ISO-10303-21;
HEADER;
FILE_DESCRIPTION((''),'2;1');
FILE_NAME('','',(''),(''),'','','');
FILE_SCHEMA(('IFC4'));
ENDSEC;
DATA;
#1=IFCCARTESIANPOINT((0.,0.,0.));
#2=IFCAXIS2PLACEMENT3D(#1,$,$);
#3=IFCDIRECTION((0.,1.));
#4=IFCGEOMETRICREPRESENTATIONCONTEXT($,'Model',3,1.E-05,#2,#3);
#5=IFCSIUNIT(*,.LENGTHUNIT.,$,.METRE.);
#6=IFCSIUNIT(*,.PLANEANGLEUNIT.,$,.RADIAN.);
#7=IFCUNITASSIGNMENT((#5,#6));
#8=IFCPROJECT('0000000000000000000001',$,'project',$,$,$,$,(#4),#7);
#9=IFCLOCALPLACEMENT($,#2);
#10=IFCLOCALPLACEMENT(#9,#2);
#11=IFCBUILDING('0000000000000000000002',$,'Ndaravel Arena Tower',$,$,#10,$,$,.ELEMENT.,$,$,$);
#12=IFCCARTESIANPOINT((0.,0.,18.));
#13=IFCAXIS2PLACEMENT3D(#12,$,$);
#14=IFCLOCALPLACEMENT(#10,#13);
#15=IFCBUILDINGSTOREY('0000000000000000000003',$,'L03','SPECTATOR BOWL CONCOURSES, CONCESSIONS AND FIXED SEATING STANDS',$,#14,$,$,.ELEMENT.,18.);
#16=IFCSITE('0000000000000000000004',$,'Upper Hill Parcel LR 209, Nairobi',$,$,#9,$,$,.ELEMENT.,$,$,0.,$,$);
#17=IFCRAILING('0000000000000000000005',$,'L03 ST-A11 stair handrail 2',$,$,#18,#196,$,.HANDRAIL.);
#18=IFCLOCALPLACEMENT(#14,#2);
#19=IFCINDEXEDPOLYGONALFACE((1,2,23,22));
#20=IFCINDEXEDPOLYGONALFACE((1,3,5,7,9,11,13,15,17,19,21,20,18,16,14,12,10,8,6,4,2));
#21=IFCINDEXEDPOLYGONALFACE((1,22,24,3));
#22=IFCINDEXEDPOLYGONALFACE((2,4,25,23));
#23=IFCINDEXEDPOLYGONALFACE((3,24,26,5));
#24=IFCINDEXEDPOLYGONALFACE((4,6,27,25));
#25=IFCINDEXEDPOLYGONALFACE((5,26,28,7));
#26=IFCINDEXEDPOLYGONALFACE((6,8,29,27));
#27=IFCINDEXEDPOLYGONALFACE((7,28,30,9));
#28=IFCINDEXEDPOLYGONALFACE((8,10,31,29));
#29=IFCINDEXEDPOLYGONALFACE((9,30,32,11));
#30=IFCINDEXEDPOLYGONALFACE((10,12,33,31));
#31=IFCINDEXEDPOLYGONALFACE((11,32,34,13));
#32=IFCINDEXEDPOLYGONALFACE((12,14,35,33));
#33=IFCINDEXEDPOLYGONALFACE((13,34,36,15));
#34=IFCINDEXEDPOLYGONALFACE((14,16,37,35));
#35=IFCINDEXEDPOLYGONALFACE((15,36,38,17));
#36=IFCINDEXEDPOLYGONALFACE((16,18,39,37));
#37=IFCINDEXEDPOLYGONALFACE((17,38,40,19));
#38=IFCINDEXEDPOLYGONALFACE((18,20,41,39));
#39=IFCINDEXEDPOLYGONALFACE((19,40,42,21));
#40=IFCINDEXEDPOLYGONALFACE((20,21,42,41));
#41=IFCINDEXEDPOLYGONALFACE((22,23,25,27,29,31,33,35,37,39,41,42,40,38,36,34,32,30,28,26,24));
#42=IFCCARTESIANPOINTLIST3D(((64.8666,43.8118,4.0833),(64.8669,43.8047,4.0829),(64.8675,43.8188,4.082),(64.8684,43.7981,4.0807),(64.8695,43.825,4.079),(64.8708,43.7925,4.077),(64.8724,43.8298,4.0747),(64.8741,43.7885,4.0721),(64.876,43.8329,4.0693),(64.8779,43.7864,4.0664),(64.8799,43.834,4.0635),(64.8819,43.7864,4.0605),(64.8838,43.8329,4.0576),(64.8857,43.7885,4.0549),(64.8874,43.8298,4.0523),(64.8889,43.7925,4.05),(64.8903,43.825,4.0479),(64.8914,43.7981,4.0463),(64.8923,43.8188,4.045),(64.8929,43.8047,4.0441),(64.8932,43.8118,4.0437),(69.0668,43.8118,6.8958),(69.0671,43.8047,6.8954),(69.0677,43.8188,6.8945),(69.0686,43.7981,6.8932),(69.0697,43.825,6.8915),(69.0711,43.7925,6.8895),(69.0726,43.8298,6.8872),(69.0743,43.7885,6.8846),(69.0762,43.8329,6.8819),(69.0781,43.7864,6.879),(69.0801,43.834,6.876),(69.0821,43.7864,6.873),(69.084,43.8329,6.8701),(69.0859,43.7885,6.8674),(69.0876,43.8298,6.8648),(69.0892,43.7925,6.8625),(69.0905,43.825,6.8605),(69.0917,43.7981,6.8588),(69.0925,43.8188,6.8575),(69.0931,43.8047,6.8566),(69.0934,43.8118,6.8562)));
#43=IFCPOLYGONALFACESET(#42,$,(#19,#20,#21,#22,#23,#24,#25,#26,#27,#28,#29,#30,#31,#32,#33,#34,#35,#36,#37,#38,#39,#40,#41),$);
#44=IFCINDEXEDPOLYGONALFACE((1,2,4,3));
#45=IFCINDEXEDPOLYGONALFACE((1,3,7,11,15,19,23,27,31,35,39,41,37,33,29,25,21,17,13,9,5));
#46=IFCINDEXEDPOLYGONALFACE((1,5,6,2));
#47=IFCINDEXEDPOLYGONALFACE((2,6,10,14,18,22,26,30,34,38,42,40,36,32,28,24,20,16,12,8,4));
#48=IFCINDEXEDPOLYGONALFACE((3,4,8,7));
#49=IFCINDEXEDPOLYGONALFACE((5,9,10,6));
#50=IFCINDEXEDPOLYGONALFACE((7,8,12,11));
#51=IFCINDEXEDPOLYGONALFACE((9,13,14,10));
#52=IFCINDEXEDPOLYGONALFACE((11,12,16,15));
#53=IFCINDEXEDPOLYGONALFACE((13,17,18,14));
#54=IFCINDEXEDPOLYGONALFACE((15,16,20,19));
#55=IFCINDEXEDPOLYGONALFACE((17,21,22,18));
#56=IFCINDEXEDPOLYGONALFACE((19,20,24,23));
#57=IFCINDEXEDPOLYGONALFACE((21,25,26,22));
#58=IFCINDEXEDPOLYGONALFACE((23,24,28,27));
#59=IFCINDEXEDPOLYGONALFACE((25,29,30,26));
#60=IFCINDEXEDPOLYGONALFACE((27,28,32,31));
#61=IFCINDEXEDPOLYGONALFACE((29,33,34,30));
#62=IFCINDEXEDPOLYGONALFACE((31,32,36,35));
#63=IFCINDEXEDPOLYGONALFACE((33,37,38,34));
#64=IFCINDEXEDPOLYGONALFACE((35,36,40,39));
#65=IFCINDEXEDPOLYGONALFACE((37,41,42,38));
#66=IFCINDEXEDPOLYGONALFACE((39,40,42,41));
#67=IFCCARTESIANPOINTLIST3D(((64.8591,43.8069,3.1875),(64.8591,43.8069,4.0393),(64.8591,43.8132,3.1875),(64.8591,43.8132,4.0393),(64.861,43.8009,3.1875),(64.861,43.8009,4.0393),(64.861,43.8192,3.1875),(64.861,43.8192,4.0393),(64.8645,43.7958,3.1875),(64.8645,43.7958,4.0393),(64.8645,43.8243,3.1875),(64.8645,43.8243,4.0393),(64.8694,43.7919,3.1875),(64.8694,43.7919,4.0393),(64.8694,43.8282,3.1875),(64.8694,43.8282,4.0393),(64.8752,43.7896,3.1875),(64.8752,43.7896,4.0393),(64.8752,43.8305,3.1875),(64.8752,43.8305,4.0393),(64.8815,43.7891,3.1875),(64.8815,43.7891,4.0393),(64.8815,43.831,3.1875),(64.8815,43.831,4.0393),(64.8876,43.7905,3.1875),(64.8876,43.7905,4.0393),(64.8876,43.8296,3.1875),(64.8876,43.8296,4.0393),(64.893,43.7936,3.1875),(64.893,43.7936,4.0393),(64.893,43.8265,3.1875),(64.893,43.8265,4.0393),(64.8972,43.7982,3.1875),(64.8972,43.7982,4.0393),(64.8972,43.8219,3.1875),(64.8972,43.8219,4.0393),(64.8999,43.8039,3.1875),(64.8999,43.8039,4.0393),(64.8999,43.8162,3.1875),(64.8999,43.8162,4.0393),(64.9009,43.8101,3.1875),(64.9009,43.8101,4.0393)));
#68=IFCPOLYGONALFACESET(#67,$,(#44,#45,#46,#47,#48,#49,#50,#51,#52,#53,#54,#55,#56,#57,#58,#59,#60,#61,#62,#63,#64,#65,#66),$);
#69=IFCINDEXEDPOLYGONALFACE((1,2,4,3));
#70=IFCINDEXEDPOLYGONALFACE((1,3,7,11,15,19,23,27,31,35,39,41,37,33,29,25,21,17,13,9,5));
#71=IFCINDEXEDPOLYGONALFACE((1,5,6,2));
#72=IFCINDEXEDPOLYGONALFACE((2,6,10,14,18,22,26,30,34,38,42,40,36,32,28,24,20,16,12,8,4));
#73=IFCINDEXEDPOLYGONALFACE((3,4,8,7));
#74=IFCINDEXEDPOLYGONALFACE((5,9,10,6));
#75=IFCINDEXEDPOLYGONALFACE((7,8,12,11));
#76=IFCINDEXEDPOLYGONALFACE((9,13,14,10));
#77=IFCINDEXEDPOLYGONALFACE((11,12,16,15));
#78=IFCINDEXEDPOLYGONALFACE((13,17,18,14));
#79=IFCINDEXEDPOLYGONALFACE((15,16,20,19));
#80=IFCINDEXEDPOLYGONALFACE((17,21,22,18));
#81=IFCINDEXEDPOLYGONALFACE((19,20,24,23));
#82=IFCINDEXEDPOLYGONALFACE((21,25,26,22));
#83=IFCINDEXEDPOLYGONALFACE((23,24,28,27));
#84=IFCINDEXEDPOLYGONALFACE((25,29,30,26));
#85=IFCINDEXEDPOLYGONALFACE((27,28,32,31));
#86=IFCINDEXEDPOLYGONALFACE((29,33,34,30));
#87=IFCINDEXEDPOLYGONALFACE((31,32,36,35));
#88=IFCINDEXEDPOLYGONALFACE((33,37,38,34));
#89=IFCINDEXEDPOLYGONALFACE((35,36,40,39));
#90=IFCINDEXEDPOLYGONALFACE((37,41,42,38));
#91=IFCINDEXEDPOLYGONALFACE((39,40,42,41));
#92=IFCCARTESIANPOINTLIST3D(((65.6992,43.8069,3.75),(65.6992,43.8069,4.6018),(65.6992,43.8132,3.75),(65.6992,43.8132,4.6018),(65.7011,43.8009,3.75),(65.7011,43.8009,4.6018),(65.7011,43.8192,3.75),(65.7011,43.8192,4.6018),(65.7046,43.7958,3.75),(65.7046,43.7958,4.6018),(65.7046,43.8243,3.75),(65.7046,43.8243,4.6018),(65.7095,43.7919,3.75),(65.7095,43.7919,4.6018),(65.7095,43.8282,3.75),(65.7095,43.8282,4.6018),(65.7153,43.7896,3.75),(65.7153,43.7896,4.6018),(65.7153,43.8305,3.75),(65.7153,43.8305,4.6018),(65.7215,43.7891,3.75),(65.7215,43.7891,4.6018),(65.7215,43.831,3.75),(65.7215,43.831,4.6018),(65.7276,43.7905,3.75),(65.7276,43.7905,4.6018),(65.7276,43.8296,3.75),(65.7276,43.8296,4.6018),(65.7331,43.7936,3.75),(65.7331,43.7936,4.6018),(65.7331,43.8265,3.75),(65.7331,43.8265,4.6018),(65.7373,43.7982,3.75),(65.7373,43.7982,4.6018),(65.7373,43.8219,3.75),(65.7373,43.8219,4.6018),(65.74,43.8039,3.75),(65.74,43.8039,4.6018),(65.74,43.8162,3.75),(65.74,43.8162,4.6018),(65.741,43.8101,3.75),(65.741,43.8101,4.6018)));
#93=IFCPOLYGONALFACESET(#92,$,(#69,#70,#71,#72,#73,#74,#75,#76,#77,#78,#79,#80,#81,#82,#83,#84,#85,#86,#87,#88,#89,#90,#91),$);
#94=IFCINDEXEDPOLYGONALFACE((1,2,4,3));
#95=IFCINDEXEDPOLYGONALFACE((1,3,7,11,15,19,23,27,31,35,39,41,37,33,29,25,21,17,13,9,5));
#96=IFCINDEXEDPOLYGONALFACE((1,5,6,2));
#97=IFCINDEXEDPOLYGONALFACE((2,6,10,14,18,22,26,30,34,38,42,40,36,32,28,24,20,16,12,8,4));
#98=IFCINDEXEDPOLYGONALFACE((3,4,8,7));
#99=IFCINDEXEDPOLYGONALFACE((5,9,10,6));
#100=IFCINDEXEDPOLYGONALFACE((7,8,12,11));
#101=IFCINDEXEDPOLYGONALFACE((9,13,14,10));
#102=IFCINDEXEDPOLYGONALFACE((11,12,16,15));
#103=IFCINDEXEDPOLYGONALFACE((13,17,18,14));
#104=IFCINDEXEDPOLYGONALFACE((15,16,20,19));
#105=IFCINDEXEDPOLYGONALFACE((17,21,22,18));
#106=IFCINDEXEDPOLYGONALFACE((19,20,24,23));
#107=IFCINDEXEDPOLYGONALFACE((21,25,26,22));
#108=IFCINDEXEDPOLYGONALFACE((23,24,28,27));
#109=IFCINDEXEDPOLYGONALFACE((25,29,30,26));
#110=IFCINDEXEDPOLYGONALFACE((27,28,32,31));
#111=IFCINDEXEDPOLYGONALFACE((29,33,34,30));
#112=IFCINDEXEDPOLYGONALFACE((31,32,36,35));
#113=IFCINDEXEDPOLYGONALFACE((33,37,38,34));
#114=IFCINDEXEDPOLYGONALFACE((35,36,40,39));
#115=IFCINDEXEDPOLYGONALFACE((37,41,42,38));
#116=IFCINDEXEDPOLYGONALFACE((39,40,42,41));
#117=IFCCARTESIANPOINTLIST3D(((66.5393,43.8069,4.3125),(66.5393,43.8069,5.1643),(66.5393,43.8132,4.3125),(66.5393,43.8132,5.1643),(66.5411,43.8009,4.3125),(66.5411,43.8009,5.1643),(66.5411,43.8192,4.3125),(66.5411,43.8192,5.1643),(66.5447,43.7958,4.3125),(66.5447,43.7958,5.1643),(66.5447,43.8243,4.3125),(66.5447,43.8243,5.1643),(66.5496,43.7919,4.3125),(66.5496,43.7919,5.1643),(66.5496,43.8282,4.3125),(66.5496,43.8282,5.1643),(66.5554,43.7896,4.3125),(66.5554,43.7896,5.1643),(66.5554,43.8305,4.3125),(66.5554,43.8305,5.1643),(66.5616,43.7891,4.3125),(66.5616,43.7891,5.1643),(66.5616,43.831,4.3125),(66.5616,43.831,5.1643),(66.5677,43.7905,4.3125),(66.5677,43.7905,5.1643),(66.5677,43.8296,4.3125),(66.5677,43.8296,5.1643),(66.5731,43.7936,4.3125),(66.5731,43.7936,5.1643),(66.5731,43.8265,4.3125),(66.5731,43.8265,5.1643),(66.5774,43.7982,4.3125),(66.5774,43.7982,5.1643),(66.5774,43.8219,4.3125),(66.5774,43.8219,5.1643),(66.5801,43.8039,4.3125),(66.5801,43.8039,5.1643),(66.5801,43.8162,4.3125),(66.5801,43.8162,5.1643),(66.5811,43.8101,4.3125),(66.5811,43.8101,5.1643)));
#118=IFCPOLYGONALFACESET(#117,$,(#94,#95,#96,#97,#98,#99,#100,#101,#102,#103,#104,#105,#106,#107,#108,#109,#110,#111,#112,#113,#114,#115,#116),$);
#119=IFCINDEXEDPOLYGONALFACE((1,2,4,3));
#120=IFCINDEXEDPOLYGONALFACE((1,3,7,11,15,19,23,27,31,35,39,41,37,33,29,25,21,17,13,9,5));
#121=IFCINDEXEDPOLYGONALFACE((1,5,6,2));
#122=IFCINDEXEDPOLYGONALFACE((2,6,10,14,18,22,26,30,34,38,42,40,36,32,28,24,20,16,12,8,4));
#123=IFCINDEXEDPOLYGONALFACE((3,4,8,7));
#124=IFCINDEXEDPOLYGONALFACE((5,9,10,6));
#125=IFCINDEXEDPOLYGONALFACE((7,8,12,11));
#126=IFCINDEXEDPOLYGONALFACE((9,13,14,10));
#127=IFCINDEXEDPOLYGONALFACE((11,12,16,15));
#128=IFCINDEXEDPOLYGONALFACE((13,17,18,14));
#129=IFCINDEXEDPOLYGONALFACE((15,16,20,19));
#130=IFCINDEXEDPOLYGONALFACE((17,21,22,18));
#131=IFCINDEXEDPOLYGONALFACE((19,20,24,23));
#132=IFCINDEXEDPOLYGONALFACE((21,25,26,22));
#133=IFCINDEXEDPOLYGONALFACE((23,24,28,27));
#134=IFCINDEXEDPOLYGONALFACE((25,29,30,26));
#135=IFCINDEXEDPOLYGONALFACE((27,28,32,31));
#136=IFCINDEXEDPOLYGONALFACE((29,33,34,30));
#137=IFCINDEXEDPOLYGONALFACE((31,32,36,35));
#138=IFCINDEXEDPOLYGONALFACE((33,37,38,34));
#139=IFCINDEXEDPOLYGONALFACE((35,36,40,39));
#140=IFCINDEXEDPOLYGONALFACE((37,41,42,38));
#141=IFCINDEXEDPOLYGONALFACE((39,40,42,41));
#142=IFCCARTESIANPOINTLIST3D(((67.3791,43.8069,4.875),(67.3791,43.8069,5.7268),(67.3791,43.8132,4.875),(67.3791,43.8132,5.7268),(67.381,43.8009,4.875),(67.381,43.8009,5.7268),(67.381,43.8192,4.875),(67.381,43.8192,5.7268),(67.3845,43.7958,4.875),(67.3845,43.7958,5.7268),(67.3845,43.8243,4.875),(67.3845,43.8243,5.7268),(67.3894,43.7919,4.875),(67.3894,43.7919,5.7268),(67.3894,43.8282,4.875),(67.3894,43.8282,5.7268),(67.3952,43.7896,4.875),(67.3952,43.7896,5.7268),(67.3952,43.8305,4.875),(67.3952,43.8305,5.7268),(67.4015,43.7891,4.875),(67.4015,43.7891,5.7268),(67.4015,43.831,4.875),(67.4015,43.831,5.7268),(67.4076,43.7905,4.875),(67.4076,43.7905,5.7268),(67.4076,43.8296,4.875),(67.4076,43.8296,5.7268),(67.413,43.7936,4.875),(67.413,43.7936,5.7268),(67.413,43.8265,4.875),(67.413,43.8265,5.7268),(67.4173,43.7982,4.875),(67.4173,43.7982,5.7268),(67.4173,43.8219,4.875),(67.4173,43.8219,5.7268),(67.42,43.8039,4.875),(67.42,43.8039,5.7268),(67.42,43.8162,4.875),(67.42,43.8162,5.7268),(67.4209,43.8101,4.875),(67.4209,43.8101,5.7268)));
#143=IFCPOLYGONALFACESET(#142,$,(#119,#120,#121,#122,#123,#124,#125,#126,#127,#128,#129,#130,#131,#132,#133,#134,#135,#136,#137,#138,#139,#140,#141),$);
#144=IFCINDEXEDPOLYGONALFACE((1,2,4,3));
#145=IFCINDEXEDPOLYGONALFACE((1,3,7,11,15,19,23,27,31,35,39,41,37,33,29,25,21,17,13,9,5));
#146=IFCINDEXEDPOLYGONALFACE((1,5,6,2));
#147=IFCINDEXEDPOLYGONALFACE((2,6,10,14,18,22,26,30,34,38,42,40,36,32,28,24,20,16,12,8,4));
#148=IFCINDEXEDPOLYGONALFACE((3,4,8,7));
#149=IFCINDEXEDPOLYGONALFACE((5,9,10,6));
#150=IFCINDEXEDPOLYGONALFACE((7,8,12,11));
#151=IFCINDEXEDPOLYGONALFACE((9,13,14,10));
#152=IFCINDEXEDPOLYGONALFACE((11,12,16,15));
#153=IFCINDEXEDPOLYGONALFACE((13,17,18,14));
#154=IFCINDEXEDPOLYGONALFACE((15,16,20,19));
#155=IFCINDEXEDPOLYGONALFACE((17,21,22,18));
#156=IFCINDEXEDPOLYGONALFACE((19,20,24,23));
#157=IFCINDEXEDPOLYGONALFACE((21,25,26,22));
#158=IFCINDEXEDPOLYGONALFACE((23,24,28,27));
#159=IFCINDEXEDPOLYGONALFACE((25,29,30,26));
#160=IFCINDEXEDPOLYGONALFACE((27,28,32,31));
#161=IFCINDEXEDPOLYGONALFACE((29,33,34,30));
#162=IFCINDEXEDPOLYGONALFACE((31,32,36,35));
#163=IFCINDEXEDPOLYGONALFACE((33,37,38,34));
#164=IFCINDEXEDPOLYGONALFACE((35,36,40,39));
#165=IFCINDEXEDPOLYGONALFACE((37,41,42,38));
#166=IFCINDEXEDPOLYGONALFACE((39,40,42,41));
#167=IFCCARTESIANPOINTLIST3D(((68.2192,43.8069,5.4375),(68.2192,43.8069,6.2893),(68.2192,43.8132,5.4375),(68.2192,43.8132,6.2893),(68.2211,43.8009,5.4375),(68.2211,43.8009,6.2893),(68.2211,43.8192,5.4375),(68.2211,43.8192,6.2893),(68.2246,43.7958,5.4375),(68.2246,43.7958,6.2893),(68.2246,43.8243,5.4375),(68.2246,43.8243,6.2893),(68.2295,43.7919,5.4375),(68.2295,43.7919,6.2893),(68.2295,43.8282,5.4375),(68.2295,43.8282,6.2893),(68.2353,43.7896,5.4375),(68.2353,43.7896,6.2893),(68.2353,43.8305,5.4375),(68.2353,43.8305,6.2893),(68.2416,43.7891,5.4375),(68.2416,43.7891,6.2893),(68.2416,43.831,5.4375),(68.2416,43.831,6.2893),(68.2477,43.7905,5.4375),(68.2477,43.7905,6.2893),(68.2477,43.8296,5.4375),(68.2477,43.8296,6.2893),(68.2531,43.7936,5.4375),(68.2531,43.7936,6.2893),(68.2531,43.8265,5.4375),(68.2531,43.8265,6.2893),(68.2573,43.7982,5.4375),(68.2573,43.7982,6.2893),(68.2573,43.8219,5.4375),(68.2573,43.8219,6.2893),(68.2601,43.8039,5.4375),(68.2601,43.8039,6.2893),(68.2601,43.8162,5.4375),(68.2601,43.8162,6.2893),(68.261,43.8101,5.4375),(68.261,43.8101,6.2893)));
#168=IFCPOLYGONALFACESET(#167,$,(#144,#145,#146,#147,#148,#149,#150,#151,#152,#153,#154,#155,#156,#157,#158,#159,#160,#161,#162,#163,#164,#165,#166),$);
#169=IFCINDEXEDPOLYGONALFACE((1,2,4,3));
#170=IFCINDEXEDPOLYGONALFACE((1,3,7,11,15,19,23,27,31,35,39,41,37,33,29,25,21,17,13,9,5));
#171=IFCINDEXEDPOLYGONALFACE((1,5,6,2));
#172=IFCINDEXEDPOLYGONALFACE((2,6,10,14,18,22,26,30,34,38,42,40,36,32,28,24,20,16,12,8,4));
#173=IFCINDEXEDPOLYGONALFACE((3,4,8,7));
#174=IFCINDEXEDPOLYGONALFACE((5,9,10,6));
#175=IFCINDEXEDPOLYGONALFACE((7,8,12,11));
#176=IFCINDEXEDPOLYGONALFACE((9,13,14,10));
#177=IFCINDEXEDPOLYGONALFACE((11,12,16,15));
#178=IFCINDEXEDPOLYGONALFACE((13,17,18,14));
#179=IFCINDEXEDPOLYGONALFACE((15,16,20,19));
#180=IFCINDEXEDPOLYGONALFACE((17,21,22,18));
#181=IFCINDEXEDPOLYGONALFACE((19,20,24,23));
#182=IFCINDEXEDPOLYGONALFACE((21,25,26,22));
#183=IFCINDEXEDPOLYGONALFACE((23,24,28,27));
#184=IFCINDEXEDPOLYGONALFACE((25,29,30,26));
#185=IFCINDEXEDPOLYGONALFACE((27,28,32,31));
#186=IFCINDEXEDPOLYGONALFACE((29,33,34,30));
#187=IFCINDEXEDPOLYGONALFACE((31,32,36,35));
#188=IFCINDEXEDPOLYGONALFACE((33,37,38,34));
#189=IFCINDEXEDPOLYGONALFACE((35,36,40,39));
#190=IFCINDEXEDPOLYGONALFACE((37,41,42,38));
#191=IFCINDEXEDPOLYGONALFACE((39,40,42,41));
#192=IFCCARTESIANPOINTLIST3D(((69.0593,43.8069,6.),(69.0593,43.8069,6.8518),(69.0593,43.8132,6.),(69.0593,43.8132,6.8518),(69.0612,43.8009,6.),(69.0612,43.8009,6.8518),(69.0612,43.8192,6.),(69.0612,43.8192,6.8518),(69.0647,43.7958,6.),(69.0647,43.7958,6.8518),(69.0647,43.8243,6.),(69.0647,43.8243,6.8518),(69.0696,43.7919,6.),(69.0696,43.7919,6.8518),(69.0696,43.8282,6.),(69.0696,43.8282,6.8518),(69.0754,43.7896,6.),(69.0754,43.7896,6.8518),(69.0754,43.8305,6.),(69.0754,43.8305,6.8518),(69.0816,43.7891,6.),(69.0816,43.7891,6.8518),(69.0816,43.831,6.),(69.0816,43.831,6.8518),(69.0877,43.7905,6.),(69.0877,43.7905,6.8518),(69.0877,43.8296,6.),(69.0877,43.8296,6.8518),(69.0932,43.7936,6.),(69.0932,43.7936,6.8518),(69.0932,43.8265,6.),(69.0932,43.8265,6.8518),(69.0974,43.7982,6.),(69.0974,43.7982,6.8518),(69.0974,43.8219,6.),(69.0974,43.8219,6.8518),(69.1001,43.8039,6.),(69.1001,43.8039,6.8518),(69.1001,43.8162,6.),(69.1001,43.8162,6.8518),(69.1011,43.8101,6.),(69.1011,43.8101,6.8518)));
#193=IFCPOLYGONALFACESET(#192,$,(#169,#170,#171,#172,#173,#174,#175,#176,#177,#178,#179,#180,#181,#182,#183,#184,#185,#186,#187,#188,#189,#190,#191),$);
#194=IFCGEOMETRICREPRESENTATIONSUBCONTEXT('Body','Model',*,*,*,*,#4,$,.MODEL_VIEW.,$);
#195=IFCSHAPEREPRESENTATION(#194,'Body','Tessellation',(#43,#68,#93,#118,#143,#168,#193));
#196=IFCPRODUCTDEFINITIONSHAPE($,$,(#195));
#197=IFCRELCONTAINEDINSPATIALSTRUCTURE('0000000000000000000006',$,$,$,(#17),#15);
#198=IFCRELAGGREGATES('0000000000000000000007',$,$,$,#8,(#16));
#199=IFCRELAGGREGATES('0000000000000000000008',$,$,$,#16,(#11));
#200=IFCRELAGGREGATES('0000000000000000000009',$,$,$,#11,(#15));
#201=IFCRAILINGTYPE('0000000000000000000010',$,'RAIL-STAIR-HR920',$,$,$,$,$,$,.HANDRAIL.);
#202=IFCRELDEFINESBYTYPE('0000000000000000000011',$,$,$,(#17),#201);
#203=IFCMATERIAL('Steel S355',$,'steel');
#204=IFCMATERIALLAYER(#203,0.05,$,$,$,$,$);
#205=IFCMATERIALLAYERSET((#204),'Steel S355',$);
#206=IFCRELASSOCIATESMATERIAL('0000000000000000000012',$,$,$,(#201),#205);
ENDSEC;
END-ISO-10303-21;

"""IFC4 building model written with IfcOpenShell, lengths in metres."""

from ifc_helpers import new_model, si_unit, direction, frame, origin, origin_2d, place, context, subcontext, project, spatial, circle, extrude, material, layer, layer_set, type_object, element, save


model = new_model("IFC4")

# Units and contexts
model_context = context("Model", 3, precision=1e-05, world=origin(), true_north=direction((0.0, 1.0)))
body_context = subcontext(model_context, "Body", "Model", "MODEL_VIEW")
ifc_project = project(units=[si_unit("LENGTHUNIT", "METRE"), si_unit("PLANEANGLEUNIT", "RADIAN")], contexts=[model_context])

# Site, building, storey
site_placement = place(None, origin())
site = spatial("IfcSite", under=ifc_project, at=site_placement, Name="Upper Hill Parcel LR 209, Nairobi", CompositionType="ELEMENT", RefElevation=0.0)
building_placement = place(site_placement, origin())
building = spatial("IfcBuilding", under=site, at=building_placement, Name="Ndaravel Arena Tower", CompositionType="ELEMENT")
storey_placement = place(building_placement, frame((0.0, 0.0, 18.0)))
storey = spatial("IfcBuildingStorey", under=building, at=storey_placement, Name="L03", Description="SPECTATOR BOWL CONCOURSES, CONCESSIONS AND FIXED SEATING STANDS", CompositionType="ELEMENT", Elevation=18.0)

# Railing
ifc_material_1 = material(Name="Steel S355", Category="steel")
ifc_layer_1 = layer(ifc_material_1, 0.05)
ifc_layer_set_1 = layer_set([ifc_layer_1], Name="Steel S355")
railing_type_1 = type_object("IfcRailingType", Name="RAIL-STAIR-HR920", PredefinedType="HANDRAIL", material=ifc_layer_set_1)
railing_1_placement = place(storey_placement, frame((64.8799, 43.8101, 3.1875)))
element("IfcRailing", 1, at=railing_1_placement, inside=storey, type_object=railing_type_1, Name="L03 ST-A11 stair handrail 2", PredefinedType="HANDRAIL", context=body_context, shape_type="SweptSolid", body=[
    extrude(circle(Radius=0.0239, at=origin_2d()), frame((0.0, 0.0, 0.876), z_axis=(0.830919, 0.0, 0.556393), x_axis=(0.0, 1.0, 0.0)), (0.0, 0.0, 1.0), 5.0549),
    extrude(circle(Radius=0.021, at=origin_2d()), origin(), (0.0, 0.0, 1.0), 0.8518),
    extrude(circle(Radius=0.021, at=origin_2d()), frame((0.8401, 0.0, 0.5625)), (0.0, 0.0, 1.0), 0.8518),
    extrude(circle(Radius=0.021, at=origin_2d()), frame((1.6802, 0.0, 1.125)), (0.0, 0.0, 1.0), 0.8518),
    extrude(circle(Radius=0.021, at=origin_2d()), frame((2.52, 0.0, 1.6875)), (0.0, 0.0, 1.0), 0.8518),
    extrude(circle(Radius=0.021, at=origin_2d()), frame((3.3601, 0.0, 2.25)), (0.0, 0.0, 1.0), 0.8518),
    extrude(circle(Radius=0.021, at=origin_2d()), frame((4.2002, 0.0, 2.8125)), (0.0, 0.0, 1.0), 0.8518),
])

save(model, "model.ifc")
